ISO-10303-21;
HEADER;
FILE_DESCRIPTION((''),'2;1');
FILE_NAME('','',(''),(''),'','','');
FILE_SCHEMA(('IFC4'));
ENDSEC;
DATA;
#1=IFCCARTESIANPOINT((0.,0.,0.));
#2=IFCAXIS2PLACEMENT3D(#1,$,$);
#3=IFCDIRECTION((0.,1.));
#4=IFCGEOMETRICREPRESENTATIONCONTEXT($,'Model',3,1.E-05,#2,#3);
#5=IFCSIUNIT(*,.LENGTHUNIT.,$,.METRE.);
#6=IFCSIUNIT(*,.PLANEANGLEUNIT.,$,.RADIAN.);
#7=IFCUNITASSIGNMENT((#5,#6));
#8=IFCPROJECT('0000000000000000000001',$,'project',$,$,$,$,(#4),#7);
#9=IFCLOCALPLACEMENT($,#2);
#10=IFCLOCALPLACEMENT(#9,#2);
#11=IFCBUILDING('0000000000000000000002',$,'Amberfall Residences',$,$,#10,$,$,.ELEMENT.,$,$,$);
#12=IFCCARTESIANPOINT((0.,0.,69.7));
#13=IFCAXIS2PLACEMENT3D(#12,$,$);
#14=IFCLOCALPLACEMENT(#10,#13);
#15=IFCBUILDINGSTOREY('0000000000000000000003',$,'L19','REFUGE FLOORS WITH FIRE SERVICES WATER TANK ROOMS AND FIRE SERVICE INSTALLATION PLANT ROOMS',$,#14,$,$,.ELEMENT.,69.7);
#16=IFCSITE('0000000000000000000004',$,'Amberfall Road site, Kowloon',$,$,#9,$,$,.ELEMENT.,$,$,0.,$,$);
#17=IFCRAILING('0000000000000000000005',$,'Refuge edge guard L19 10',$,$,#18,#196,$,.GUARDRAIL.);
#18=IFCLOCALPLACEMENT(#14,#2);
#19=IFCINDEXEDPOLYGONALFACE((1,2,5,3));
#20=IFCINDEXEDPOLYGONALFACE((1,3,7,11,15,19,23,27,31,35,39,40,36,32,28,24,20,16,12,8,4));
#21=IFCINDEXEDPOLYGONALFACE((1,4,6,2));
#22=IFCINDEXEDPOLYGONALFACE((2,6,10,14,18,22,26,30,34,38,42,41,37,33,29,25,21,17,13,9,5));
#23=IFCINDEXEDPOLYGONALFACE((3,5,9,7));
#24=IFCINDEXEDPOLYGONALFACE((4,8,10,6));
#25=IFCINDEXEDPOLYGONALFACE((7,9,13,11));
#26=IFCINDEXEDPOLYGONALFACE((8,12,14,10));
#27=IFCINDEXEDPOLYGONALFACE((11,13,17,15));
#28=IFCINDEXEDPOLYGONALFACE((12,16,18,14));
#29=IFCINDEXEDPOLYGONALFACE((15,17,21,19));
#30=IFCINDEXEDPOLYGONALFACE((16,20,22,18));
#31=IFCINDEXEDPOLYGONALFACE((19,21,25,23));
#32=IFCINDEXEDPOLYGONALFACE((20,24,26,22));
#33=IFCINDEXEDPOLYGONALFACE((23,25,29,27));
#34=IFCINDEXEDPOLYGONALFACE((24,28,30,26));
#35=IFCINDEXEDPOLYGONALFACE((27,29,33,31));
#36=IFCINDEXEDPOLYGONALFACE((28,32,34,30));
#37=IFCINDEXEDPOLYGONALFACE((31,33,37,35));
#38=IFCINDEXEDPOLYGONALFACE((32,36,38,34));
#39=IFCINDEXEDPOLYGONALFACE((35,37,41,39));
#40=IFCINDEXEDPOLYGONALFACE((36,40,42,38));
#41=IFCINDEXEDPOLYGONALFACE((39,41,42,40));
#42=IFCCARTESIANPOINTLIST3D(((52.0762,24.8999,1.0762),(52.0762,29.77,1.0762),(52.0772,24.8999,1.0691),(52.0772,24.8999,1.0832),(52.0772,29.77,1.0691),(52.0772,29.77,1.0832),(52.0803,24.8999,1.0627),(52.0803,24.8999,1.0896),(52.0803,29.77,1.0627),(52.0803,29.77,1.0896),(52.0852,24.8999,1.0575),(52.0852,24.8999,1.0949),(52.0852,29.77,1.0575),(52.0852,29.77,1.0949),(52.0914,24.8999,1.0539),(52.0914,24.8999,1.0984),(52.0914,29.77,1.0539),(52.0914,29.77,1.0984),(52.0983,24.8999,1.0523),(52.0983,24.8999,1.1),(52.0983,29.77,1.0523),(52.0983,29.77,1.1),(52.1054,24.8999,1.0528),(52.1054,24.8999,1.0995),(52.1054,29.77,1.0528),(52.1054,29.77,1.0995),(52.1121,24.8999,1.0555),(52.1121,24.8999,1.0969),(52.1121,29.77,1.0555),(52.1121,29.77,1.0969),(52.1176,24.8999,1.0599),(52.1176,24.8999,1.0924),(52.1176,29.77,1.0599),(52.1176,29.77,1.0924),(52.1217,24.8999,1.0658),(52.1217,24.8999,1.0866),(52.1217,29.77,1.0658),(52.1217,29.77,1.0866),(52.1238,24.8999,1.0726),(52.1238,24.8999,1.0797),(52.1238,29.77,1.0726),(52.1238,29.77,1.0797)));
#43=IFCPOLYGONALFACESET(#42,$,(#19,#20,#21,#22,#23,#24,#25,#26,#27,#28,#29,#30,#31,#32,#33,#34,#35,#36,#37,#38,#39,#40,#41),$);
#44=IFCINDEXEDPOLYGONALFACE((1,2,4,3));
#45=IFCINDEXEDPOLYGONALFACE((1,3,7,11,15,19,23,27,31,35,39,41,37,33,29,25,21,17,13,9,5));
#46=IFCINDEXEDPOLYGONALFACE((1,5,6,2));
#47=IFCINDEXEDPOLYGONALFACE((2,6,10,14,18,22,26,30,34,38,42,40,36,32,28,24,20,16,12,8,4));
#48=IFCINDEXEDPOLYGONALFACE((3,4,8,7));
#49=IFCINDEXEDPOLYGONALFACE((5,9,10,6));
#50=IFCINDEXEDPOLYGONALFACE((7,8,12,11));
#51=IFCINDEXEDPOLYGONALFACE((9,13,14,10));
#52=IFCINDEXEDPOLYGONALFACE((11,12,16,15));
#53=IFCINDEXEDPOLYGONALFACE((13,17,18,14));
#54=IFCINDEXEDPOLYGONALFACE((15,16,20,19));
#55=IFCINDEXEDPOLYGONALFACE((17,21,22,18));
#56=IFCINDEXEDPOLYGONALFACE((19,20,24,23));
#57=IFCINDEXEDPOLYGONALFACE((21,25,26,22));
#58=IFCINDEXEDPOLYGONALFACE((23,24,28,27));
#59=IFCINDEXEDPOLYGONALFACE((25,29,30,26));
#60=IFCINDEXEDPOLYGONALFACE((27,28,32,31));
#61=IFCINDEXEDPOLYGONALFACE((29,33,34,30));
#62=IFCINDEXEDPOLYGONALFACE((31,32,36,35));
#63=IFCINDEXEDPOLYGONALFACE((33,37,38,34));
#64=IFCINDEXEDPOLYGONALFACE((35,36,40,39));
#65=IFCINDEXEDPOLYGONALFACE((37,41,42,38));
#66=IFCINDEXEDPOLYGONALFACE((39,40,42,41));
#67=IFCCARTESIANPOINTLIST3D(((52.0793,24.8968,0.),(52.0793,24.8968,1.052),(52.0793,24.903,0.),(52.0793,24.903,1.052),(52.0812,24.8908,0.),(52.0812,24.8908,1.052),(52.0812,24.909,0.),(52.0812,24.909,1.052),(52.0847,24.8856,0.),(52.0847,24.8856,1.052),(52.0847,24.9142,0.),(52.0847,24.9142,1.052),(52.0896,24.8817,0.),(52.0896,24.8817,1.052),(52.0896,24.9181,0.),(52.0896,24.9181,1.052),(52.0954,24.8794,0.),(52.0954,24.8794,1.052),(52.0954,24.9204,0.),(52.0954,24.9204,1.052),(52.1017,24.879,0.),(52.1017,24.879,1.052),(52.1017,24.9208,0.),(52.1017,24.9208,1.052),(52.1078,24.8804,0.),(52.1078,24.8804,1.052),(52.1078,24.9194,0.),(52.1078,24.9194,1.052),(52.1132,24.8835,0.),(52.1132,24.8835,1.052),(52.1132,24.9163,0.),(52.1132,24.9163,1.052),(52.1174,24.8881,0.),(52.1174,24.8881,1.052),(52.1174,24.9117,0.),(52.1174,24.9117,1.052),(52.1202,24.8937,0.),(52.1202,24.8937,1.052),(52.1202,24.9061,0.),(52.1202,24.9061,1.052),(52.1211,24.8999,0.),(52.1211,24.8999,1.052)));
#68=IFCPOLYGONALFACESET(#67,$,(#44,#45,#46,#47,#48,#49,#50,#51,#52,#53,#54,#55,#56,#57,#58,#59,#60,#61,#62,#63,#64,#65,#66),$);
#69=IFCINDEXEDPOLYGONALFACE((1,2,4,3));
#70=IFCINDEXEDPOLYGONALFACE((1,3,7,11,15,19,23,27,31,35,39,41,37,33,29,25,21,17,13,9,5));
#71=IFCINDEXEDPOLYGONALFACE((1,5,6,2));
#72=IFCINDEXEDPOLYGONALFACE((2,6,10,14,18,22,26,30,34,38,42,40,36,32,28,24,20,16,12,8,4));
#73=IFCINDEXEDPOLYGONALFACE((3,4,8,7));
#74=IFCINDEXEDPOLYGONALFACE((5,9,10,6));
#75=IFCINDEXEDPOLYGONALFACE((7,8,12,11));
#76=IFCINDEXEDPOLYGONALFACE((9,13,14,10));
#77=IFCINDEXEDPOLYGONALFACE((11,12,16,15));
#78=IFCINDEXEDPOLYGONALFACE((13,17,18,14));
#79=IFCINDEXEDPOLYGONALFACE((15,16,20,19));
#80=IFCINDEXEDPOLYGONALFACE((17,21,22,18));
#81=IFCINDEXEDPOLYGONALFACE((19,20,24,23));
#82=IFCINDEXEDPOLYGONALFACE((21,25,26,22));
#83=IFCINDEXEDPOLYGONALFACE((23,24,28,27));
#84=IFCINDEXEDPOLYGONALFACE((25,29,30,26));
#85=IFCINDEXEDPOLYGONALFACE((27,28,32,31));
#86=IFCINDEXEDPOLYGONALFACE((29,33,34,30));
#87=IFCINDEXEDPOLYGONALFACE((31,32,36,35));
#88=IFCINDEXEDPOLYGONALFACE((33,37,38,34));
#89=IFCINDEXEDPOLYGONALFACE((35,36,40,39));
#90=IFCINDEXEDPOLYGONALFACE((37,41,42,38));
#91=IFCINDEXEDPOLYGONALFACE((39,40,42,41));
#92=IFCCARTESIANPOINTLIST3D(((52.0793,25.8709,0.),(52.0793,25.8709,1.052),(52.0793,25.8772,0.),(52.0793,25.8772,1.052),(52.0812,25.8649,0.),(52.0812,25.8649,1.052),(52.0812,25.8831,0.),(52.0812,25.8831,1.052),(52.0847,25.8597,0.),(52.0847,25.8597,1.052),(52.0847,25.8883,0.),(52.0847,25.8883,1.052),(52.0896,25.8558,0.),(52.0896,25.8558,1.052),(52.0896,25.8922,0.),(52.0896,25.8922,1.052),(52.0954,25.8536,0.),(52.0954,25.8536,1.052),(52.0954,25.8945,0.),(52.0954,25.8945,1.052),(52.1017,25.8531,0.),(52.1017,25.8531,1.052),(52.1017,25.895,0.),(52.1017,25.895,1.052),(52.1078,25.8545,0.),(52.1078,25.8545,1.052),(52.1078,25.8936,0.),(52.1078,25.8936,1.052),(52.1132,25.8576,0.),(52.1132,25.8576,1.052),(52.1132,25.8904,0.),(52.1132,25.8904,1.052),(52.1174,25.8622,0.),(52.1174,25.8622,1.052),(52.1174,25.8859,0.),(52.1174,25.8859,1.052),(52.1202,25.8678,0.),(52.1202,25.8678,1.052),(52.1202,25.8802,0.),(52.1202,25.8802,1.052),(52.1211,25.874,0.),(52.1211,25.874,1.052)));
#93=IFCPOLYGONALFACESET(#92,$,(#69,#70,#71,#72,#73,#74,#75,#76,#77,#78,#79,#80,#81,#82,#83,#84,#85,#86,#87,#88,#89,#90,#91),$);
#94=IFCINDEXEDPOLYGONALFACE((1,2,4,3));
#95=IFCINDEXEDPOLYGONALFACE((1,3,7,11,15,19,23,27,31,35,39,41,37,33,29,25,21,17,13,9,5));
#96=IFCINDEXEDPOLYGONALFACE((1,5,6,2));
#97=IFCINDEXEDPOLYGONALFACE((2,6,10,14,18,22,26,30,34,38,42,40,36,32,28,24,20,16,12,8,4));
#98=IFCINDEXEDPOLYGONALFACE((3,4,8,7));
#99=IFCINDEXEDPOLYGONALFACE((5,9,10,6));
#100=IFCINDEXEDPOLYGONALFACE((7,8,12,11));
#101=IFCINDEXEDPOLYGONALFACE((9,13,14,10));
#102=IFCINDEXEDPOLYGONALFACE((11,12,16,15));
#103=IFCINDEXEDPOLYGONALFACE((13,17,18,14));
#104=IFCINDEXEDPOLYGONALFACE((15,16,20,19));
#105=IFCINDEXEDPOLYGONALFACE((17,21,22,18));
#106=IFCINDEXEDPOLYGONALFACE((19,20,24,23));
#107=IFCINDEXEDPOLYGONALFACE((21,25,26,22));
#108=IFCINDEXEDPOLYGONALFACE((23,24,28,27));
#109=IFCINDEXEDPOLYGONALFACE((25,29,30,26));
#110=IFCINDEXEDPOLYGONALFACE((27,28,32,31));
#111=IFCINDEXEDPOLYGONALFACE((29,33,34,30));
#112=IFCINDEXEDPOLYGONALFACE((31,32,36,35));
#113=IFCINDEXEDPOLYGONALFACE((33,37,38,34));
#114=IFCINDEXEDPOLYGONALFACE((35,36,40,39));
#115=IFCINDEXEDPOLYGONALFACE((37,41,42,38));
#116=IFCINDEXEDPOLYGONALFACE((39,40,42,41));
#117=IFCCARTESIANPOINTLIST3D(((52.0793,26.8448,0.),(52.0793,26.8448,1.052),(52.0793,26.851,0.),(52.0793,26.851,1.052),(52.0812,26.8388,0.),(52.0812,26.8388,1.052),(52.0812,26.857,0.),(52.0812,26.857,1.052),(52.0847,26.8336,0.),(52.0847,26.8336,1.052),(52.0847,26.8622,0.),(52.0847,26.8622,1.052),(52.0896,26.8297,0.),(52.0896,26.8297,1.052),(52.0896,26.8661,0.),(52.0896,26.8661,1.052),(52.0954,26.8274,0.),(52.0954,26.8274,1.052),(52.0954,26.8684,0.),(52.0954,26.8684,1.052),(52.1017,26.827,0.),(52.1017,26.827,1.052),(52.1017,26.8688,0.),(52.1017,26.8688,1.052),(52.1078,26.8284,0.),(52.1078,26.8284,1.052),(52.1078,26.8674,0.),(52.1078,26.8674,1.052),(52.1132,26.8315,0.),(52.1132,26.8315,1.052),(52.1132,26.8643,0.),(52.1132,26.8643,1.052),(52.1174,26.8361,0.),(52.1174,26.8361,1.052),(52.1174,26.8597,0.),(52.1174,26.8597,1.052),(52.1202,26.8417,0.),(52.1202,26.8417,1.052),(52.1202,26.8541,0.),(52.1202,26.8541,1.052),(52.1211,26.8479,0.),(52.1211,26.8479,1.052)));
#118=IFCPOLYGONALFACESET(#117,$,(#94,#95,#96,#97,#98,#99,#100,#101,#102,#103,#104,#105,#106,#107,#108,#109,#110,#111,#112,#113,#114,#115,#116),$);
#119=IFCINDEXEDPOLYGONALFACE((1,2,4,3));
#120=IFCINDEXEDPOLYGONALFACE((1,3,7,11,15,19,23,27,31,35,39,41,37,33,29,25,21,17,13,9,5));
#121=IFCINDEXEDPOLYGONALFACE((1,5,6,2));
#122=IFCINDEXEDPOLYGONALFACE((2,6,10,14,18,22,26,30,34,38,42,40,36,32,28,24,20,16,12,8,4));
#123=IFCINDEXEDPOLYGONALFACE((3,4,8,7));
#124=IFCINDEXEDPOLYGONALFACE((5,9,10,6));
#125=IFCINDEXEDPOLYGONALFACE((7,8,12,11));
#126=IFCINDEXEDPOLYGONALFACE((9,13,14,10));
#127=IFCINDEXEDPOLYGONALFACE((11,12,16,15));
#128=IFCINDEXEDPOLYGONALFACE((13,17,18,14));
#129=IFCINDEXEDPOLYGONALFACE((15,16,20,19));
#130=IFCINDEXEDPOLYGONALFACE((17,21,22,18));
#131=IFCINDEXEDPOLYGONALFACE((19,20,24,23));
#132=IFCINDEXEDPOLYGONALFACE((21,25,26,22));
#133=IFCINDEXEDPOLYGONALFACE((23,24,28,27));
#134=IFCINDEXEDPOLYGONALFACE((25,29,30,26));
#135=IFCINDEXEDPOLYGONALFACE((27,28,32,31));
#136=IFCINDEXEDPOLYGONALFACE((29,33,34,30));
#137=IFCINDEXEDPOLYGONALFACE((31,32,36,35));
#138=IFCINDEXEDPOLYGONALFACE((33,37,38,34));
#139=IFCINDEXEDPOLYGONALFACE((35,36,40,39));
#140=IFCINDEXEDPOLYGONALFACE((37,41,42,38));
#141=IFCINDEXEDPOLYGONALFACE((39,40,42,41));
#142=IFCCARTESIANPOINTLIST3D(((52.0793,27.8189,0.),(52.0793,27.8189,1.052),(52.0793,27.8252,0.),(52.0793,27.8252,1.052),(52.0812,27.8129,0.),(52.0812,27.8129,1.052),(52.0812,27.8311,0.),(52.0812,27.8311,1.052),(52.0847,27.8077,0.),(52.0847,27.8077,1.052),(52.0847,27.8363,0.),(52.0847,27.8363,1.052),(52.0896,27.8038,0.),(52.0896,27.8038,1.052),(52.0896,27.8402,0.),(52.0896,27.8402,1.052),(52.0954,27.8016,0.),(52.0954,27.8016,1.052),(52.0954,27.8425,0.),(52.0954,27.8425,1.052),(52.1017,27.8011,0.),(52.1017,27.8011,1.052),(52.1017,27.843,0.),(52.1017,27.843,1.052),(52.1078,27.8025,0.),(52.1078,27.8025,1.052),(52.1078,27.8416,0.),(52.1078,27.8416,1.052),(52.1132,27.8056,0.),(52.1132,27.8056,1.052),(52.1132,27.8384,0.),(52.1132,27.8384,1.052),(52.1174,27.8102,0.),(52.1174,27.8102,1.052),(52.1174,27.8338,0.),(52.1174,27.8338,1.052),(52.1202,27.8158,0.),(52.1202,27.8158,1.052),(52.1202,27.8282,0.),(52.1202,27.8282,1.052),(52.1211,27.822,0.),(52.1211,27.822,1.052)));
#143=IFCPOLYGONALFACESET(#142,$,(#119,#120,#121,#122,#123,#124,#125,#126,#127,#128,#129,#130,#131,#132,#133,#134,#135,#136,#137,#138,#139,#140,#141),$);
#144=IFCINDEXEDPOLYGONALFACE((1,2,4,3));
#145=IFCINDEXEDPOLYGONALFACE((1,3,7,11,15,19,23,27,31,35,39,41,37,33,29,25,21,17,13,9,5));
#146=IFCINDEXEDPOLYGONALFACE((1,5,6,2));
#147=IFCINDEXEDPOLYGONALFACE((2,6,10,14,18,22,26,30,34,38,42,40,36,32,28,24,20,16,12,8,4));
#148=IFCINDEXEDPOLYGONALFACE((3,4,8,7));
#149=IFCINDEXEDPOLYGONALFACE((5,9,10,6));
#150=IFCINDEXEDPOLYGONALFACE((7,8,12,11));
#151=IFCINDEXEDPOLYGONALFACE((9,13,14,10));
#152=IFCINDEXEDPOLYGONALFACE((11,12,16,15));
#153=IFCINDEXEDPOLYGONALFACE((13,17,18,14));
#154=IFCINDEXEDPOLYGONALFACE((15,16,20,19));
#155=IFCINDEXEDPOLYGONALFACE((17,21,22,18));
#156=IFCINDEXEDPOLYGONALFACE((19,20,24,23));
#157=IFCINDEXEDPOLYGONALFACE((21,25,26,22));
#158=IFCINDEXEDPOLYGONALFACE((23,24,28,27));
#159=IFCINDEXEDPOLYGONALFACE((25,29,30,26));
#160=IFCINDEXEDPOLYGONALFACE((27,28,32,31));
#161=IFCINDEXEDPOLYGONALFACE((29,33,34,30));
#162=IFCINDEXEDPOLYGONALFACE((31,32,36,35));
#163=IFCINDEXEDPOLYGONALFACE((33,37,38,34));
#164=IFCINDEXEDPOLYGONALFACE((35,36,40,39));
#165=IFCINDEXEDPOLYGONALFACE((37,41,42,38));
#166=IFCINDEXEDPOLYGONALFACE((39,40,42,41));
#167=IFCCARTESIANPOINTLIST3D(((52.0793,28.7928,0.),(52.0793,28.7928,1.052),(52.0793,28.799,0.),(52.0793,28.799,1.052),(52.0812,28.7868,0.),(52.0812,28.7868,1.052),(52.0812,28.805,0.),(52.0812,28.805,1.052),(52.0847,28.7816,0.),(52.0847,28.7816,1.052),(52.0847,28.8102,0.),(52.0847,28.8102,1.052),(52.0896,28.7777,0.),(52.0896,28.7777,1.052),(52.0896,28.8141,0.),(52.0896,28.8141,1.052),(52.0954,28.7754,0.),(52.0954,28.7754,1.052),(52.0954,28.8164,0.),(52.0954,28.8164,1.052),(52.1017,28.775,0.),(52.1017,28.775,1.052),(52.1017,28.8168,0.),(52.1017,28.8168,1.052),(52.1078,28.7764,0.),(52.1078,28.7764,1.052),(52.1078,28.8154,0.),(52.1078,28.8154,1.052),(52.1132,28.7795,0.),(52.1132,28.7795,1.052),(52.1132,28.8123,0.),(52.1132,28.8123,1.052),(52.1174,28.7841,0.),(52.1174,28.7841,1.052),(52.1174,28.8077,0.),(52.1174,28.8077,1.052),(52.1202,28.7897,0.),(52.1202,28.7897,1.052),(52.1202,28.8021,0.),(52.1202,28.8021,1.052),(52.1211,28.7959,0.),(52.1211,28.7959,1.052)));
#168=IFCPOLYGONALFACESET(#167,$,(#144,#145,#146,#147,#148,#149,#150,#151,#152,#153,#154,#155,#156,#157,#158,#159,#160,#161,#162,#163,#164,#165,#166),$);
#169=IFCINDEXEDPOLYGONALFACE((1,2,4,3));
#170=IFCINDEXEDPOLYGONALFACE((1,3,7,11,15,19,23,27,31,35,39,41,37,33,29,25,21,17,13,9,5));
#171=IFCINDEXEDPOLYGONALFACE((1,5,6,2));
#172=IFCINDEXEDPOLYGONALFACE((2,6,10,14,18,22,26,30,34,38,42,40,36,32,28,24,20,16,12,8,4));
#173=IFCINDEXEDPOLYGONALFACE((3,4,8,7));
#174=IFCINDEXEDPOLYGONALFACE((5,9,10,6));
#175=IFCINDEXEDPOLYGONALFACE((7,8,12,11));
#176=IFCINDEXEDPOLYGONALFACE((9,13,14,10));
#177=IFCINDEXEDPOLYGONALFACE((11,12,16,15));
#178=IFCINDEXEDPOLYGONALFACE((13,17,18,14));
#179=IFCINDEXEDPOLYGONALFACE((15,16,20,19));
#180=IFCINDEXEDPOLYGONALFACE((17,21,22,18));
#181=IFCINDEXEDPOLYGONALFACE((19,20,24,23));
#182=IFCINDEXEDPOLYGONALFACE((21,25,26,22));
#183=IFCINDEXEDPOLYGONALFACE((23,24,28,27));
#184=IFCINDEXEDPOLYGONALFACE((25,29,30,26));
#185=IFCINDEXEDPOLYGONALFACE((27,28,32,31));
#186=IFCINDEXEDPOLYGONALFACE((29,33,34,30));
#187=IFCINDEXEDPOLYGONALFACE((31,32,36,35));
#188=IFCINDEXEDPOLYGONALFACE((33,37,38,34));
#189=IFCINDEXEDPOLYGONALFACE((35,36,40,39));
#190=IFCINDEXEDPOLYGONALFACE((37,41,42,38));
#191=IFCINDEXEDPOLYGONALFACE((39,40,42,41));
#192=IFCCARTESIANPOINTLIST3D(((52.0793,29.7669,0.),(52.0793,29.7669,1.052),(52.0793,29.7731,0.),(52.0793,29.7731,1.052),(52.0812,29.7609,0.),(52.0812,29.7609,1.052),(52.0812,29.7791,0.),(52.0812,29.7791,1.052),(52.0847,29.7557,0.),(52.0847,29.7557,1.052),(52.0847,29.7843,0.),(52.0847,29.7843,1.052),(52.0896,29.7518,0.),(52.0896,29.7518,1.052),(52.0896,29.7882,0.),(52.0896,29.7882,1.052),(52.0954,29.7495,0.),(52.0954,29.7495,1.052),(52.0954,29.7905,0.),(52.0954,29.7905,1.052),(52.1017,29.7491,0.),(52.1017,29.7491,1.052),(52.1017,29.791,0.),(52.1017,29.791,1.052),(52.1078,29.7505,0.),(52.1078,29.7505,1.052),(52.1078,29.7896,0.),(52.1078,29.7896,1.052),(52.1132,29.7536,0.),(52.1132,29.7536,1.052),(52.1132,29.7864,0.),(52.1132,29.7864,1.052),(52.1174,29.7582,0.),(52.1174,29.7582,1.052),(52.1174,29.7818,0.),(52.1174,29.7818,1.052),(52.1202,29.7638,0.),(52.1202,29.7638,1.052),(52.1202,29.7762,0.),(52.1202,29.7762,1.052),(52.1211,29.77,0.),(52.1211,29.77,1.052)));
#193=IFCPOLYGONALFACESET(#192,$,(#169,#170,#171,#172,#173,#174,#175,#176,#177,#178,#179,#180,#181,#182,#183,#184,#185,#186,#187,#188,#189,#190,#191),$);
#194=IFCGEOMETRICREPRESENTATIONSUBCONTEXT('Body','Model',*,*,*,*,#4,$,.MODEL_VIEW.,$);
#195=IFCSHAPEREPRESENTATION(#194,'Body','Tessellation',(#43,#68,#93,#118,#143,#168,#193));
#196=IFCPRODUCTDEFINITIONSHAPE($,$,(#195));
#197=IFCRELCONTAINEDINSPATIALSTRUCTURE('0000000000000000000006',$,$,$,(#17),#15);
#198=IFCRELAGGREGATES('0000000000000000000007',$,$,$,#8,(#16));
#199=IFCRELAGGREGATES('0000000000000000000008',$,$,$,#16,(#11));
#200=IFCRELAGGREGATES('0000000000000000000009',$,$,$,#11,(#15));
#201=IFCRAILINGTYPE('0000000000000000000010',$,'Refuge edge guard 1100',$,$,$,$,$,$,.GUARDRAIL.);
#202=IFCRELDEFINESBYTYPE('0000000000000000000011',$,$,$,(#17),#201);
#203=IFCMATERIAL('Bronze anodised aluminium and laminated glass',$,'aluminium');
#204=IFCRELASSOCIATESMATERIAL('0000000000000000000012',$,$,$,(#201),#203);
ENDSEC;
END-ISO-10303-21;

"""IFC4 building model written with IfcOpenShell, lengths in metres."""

from ifc_helpers import new_model, si_unit, direction, frame, origin, origin_2d, place, context, subcontext, project, spatial, circle, extrude, material, type_object, element, save


model = new_model("IFC4")

# Units and contexts
model_context = context("Model", 3, precision=1e-05, world=origin(), true_north=direction((0.0, 1.0)))
body_context = subcontext(model_context, "Body", "Model", "MODEL_VIEW")
ifc_project = project(units=[si_unit("LENGTHUNIT", "METRE"), si_unit("PLANEANGLEUNIT", "RADIAN")], contexts=[model_context])

# Site, building, storey
site_placement = place(None, origin())
site = spatial("IfcSite", under=ifc_project, at=site_placement, Name="Amberfall Road site, Kowloon", CompositionType="ELEMENT", RefElevation=0.0)
building_placement = place(site_placement, origin())
building = spatial("IfcBuilding", under=site, at=building_placement, Name="Amberfall Residences", CompositionType="ELEMENT")
storey_placement = place(building_placement, frame((0.0, 0.0, 69.7)))
storey = spatial("IfcBuildingStorey", under=building, at=storey_placement, Name="L19", Description="REFUGE FLOORS WITH FIRE SERVICES WATER TANK ROOMS AND FIRE SERVICE INSTALLATION PLANT ROOMS", CompositionType="ELEMENT", Elevation=69.7)

# Railing
ifc_material_1 = material(Name="Bronze anodised aluminium and laminated glass", Category="aluminium")
railing_type = type_object("IfcRailingType", Name="Refuge edge guard 1100", PredefinedType="GUARDRAIL", material=ifc_material_1)
railing_placement = place(storey_placement, frame((52.1001, 24.8999, 0.0)))
element("IfcRailing", 1, at=railing_placement, inside=storey, type_object=railing_type, Name="Refuge edge guard L19 10", PredefinedType="GUARDRAIL", context=body_context, shape_type="SweptSolid", body=[
    extrude(circle(Radius=0.0239, at=origin_2d()), frame((0.0, 0.0, 1.0762), z_axis=(0.0, 1.0, 0.0), x_axis=(-1.0, 0.0, 0.0)), (0.0, 0.0, 1.0), 4.8701),
    extrude(circle(Radius=0.021, at=origin_2d()), origin(), (0.0, 0.0, 1.0), 1.052),
    extrude(circle(Radius=0.021, at=origin_2d()), frame((0.0, 0.9741, 0.0)), (0.0, 0.0, 1.0), 1.052),
    extrude(circle(Radius=0.021, at=origin_2d()), frame((0.0, 1.948, 0.0)), (0.0, 0.0, 1.0), 1.052),
    extrude(circle(Radius=0.021, at=origin_2d()), frame((0.0, 2.9221, 0.0)), (0.0, 0.0, 1.0), 1.052),
    extrude(circle(Radius=0.021, at=origin_2d()), frame((0.0, 3.896, 0.0)), (0.0, 0.0, 1.0), 1.052),
    extrude(circle(Radius=0.021, at=origin_2d()), frame((0.0, 4.8701, 0.0)), (0.0, 0.0, 1.0), 1.052),
])

save(model, "model.ifc")
